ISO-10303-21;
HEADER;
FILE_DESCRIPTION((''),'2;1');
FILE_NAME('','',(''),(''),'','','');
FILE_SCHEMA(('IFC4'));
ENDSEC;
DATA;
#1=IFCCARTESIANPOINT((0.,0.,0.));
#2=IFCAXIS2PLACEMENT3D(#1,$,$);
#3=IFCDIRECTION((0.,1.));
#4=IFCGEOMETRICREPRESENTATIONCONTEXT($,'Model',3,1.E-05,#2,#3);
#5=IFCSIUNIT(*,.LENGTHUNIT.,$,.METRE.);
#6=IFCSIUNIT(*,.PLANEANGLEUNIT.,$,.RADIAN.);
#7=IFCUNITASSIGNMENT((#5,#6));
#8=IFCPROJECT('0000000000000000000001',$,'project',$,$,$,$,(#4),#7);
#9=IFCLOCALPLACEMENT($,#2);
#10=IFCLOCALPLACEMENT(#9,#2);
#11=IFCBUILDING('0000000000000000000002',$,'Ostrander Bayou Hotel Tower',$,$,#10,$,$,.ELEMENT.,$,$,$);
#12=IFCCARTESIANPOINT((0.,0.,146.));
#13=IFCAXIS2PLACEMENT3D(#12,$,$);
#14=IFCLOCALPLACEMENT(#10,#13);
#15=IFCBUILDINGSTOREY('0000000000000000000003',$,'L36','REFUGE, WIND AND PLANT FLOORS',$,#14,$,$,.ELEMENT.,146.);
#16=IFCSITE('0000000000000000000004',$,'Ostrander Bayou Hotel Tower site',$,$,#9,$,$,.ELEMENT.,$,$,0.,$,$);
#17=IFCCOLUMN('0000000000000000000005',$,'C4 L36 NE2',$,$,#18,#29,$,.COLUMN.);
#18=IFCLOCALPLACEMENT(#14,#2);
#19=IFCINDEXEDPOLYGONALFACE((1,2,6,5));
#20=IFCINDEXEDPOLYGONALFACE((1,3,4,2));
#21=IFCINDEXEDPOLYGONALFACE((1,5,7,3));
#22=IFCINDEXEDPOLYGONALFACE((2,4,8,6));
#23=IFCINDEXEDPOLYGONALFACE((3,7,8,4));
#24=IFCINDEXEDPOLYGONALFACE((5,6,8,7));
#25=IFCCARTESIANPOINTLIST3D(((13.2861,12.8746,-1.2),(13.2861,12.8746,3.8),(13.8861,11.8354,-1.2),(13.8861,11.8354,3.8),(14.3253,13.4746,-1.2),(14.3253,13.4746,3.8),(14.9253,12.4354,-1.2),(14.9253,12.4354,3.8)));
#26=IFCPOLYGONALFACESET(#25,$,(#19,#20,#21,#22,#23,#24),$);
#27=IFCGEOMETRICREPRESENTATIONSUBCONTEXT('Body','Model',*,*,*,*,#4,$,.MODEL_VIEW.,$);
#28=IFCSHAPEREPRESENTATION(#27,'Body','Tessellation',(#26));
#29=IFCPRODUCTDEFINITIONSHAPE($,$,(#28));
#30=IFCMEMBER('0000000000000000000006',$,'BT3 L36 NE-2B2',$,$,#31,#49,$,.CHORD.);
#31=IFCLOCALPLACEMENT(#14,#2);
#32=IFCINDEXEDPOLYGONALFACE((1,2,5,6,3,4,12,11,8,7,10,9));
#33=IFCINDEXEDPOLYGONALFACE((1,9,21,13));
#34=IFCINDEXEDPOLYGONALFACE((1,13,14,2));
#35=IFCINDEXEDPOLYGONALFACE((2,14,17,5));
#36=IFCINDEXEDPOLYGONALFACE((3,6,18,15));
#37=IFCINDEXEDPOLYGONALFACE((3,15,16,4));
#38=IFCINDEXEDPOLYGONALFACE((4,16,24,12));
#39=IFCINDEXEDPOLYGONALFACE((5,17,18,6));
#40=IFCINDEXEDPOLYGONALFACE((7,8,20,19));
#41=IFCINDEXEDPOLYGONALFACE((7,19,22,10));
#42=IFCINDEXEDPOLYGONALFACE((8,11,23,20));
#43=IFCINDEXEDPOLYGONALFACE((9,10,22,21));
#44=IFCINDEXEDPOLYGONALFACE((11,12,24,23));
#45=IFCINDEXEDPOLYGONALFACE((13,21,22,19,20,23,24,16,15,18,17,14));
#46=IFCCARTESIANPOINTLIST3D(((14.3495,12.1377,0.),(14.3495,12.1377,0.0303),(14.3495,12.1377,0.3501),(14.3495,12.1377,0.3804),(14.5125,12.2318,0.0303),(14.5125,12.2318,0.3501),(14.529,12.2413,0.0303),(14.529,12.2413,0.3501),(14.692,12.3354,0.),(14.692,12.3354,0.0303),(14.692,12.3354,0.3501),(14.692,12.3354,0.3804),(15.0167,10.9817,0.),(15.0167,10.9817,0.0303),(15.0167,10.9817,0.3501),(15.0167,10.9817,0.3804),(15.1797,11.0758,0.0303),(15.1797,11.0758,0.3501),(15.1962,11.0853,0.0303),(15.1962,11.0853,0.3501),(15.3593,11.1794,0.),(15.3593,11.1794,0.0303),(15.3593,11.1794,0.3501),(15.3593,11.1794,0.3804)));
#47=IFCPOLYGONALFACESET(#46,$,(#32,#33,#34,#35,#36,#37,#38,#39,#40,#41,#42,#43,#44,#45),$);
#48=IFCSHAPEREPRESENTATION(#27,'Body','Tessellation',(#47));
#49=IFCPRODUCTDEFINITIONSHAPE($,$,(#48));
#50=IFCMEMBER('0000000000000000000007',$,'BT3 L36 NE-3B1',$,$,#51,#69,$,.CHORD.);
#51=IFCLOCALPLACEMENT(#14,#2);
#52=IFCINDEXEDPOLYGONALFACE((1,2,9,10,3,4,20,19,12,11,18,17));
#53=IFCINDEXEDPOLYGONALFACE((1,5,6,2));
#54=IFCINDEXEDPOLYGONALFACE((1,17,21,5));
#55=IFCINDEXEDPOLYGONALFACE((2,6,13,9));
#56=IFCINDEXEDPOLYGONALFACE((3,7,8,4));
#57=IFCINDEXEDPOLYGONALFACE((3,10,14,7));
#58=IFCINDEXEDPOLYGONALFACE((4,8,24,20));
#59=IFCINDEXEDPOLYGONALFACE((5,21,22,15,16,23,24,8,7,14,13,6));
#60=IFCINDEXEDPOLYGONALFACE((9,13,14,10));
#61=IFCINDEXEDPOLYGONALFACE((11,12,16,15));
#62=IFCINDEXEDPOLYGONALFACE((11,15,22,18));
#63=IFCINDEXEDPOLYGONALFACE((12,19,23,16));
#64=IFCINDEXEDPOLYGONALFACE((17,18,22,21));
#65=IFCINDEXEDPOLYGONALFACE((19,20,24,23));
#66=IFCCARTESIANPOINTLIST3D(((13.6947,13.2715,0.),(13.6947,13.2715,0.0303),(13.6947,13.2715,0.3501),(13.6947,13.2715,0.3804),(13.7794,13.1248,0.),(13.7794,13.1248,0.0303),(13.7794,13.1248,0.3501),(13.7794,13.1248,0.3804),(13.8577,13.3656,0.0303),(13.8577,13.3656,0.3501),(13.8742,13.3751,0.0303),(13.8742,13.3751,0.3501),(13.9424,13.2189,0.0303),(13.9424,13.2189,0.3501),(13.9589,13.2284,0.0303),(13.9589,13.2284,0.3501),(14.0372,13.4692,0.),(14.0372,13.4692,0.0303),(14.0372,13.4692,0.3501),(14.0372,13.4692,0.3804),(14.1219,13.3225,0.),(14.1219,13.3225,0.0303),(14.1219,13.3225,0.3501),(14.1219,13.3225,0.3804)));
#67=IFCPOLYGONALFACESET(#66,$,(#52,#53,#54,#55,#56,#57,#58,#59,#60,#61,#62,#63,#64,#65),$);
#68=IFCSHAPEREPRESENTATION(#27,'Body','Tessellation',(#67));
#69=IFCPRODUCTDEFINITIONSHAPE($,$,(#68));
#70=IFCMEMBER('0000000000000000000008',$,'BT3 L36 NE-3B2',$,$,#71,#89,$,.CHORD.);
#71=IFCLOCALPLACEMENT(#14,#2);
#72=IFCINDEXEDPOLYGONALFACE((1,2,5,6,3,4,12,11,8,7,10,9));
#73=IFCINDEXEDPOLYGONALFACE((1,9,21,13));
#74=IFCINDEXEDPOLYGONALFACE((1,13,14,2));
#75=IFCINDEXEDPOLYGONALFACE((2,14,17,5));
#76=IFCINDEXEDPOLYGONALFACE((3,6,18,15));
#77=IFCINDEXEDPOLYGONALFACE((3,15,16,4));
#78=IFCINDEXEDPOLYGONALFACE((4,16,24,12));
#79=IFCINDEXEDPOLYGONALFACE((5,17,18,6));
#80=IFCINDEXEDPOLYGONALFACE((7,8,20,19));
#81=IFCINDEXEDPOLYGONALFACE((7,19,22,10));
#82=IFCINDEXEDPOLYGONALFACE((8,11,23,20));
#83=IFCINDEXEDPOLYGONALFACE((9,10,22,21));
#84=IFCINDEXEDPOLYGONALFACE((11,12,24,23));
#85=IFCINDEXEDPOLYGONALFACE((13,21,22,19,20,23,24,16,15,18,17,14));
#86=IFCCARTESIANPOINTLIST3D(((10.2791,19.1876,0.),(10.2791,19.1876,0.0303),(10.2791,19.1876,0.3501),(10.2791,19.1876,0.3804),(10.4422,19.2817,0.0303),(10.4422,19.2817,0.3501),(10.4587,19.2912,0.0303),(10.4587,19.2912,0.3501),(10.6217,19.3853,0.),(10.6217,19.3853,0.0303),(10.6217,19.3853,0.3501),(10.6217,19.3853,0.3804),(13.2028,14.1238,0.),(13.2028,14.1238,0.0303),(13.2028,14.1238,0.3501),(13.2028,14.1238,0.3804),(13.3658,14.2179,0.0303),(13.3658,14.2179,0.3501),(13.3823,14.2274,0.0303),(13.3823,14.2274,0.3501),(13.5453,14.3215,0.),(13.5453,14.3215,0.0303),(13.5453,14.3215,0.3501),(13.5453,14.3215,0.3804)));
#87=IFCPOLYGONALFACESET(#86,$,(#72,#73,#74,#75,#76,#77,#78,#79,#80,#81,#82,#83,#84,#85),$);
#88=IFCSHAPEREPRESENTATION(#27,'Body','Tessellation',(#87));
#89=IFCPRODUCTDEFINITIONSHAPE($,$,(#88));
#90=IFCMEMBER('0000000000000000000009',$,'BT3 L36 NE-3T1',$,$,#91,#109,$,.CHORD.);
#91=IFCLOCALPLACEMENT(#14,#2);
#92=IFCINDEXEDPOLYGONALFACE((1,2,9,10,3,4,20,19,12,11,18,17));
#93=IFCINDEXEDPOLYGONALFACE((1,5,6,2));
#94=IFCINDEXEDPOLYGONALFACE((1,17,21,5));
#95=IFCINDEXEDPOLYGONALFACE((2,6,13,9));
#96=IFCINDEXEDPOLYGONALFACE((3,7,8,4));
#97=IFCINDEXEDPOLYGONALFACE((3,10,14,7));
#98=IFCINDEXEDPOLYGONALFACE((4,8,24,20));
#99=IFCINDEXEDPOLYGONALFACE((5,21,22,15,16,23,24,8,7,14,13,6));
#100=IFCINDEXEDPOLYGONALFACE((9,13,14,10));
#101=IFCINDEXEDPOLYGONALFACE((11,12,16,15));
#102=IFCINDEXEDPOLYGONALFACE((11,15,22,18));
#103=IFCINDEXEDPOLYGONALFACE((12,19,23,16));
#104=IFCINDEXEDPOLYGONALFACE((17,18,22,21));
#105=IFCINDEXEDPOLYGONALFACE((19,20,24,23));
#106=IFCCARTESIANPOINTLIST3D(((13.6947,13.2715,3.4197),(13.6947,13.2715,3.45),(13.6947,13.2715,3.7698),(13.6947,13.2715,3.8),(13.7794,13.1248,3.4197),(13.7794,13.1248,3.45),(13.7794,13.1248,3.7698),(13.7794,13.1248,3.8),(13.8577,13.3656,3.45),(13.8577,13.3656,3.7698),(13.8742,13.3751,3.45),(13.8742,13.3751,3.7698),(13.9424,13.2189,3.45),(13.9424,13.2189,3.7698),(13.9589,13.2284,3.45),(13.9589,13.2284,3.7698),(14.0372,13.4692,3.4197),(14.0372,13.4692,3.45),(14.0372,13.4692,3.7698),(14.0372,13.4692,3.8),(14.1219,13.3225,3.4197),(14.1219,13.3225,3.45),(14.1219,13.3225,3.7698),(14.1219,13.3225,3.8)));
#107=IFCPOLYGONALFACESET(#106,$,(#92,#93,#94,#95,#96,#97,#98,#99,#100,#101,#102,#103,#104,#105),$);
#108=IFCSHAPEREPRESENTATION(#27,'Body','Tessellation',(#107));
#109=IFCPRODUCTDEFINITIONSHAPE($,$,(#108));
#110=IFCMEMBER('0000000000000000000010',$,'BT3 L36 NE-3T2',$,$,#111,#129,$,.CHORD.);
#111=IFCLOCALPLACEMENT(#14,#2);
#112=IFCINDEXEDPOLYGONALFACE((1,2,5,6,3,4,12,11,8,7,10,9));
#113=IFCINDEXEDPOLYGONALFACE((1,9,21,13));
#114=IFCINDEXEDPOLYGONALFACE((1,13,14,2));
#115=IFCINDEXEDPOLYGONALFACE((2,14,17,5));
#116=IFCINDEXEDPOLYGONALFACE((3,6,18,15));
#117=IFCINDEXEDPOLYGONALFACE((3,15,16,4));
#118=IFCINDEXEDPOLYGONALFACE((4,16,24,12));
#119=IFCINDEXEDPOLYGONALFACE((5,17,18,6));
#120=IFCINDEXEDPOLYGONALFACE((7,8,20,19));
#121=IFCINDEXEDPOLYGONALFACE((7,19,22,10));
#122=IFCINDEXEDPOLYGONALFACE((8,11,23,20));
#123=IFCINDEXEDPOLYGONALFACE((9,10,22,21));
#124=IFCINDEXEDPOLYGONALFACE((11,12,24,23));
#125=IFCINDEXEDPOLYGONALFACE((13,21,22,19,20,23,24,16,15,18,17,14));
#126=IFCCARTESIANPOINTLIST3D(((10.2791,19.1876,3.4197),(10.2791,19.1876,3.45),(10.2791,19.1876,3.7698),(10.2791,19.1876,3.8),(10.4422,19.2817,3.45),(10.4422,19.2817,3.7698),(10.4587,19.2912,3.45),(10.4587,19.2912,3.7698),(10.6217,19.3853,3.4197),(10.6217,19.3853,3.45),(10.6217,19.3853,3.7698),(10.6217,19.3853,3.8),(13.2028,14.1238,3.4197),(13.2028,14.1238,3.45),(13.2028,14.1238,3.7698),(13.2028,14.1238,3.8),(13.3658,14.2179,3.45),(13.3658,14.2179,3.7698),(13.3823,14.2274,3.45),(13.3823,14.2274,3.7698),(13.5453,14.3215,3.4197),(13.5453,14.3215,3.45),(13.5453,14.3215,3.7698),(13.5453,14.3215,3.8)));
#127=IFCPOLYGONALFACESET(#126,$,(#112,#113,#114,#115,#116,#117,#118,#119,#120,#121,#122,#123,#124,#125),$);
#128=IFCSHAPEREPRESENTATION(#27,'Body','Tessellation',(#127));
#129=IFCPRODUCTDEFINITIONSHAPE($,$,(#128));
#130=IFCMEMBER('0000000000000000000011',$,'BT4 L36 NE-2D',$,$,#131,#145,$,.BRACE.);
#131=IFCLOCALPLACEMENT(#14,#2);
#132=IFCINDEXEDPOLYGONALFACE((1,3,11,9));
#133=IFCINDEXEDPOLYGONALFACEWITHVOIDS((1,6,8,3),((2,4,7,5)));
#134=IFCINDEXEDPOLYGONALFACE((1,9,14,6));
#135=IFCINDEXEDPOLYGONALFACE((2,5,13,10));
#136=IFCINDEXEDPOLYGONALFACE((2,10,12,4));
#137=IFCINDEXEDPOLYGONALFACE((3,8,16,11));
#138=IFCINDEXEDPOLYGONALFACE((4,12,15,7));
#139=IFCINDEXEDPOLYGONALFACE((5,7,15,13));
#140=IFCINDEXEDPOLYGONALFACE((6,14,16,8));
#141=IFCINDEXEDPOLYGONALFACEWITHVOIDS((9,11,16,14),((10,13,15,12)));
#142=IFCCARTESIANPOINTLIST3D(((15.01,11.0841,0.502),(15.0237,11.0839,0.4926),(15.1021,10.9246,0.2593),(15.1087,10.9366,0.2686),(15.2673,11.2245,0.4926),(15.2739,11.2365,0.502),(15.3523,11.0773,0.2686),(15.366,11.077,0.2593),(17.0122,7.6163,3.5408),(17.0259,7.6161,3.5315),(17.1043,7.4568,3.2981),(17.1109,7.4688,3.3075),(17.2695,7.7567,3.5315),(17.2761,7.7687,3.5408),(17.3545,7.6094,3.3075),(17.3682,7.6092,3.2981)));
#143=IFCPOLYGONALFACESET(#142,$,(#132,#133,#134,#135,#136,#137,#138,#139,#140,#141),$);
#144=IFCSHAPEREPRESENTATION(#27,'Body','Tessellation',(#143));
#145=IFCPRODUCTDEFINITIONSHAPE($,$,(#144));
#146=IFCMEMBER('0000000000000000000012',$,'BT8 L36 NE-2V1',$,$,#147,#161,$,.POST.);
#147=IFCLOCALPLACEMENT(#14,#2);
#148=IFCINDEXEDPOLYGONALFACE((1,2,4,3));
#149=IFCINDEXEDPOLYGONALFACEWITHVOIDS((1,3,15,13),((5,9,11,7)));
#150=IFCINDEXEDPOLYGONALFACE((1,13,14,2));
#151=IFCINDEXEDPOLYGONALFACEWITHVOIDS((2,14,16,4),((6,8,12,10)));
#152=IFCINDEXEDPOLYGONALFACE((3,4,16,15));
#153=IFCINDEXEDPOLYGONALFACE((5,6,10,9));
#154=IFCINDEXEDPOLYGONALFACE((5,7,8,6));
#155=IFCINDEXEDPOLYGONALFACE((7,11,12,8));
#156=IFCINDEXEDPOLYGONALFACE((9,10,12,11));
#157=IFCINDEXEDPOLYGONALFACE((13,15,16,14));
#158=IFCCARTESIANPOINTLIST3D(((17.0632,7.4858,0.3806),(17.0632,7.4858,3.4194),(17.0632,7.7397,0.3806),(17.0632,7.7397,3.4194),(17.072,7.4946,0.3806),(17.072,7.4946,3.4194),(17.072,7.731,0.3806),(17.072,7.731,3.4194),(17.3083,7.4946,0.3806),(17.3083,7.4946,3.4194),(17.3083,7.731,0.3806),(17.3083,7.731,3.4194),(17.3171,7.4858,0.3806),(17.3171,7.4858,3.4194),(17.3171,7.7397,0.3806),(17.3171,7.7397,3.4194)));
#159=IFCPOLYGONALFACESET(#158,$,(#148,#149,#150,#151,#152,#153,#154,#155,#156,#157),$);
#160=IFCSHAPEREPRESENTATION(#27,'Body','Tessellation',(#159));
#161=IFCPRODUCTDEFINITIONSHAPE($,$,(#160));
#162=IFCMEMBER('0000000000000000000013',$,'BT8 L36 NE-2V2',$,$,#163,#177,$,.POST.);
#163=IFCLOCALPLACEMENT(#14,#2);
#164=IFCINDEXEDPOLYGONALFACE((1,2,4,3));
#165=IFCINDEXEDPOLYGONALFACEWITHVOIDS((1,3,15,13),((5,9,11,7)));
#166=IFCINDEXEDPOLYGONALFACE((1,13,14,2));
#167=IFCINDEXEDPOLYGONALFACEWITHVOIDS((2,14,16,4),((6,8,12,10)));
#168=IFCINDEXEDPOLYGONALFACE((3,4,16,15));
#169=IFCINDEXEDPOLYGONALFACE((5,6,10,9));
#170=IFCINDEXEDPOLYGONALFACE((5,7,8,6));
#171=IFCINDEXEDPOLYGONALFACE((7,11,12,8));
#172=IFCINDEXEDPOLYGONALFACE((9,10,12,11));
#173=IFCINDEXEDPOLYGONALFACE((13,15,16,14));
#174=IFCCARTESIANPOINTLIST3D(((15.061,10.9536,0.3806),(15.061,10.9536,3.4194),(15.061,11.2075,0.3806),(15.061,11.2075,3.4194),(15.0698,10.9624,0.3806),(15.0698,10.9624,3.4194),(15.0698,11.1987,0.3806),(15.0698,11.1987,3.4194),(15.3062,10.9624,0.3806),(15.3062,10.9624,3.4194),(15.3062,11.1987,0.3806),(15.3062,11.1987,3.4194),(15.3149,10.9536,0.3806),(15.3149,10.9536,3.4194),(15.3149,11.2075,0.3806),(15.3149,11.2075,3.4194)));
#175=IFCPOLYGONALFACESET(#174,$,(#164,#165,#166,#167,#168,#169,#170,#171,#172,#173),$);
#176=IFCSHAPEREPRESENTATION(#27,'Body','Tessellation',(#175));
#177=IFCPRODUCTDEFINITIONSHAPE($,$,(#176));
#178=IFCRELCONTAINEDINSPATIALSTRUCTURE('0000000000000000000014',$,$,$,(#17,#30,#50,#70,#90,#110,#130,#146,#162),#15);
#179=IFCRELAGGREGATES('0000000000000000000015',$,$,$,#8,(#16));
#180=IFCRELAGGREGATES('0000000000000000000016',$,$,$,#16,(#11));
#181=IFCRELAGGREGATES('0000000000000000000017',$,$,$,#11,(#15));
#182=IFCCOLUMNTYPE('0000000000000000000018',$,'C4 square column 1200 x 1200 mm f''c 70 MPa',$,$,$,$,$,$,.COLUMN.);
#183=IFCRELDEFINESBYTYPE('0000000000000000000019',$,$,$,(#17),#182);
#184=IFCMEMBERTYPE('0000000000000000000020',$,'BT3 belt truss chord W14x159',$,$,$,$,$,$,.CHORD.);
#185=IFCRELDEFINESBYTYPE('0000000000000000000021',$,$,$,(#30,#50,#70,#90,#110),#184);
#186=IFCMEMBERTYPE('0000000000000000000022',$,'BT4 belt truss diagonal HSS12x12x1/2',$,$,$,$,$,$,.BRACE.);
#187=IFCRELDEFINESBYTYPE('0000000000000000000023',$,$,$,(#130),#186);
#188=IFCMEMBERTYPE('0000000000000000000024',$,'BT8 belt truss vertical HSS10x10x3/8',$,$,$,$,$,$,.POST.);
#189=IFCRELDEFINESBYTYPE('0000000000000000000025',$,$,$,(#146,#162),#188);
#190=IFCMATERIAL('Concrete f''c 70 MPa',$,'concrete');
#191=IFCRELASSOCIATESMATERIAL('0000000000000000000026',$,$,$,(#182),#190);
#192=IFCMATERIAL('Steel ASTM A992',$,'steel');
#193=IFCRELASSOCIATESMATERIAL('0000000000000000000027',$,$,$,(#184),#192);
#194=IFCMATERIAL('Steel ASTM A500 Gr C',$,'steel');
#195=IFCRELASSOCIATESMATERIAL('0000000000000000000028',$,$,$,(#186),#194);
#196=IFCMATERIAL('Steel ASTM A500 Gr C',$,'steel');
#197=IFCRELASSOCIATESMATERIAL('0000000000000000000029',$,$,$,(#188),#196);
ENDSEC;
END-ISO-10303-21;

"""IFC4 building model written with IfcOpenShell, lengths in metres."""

from ifc_helpers import new_model, si_unit, direction, frame, origin, origin_2d, place, context, subcontext, project, spatial, rectangle, hollow_rectangle, i_section, extrude, material, material_profile, profile_set, type_object, element, save


model = new_model("IFC4")

# Units and contexts
model_context = context("Model", 3, precision=1e-05, world=origin(), true_north=direction((0.0, 1.0)))
body_context = subcontext(model_context, "Body", "Model", "MODEL_VIEW")
ifc_project = project(units=[si_unit("LENGTHUNIT", "METRE"), si_unit("PLANEANGLEUNIT", "RADIAN")], contexts=[model_context])

# Site, building, storey
site_placement = place(None, origin())
site = spatial("IfcSite", under=ifc_project, at=site_placement, Name="Ostrander Bayou Hotel Tower site", CompositionType="ELEMENT", RefElevation=0.0)
building_placement = place(site_placement, origin())
building = spatial("IfcBuilding", under=site, at=building_placement, Name="Ostrander Bayou Hotel Tower", CompositionType="ELEMENT")
storey_placement = place(building_placement, frame((0.0, 0.0, 146.0)))
storey = spatial("IfcBuildingStorey", under=building, at=storey_placement, Name="L36", Description="REFUGE, WIND AND PLANT FLOORS", CompositionType="ELEMENT", Elevation=146.0)

# Column
ifc_material_1 = material(Name="Concrete f'c 70 MPa", Category="concrete")
ifc_material_profile_1 = material_profile(ifc_material_1, rectangle(XDim=1.2, YDim=1.2, at=origin_2d()))
ifc_profile_set_1 = profile_set([ifc_material_profile_1], Name="Concrete f'c 70 MPa")
column_type = type_object("IfcColumnType", Name="C4 square column 1200 x 1200 mm f'c 70 MPa", PredefinedType="COLUMN", material=ifc_profile_set_1)
column_placement = place(storey_placement, frame((14.1057, 12.655, -1.2), z_axis=(0.0, 0.0, 1.0), x_axis=(0.5, -0.866025, 0.0)))
element("IfcColumn", 1, at=column_placement, inside=storey, type_object=column_type, Name="C4 L36 NE2", PredefinedType="COLUMN", context=body_context, shape_type="SweptSolid", body=[
    extrude(rectangle(XDim=1.2, YDim=1.2, at=origin_2d()), origin(), (0.0, 0.0, 1.0), 5.0),
])

# Members
ifc_material_2 = material(Name="Steel ASTM A992", Category="steel")
ifc_material_profile_2 = material_profile(ifc_material_2, i_section(OverallWidth=0.3955, OverallDepth=0.3804, WebThickness=0.019, FlangeThickness=0.0303, at=origin_2d()))
ifc_profile_set_2 = profile_set([ifc_material_profile_2], Name="Steel ASTM A992")
member_type_1 = type_object("IfcMemberType", Name="BT3 belt truss chord W14x159", PredefinedType="CHORD", material=ifc_profile_set_2)
member_1_placement = place(storey_placement, frame((15.188, 11.0806, 0.1902), z_axis=(-0.499897, 0.866085, 0.0), x_axis=(-0.866085, -0.499897, 0.0)))
element("IfcMember", 2, at=member_1_placement, inside=storey, type_object=member_type_1, Name="BT3 L36 NE-2B2", PredefinedType="CHORD", context=body_context, shape_type="SweptSolid", body=[
    extrude(i_section(OverallWidth=0.3955, OverallDepth=0.3804, WebThickness=0.019, FlangeThickness=0.0303, at=origin_2d()), origin(), (0.0, 0.0, 1.0), 1.3347),
])
member_2_placement = place(storey_placement, frame((13.9507, 13.2236, 0.1902), z_axis=(-0.500013, 0.866018, 0.0), x_axis=(-0.866018, -0.500013, 0.0)))
element("IfcMember", 3, at=member_2_placement, inside=storey, type_object=member_type_1, Name="BT3 L36 NE-3B1", PredefinedType="CHORD", context=body_context, shape_type="SweptSolid", body=[
    extrude(i_section(OverallWidth=0.3955, OverallDepth=0.3804, WebThickness=0.019, FlangeThickness=0.0303, at=origin_2d()), origin(), (0.0, 0.0, 1.0), 0.1694),
])
member_3_placement = place(storey_placement, frame((13.374, 14.2227, 0.1902), z_axis=(-0.500006, 0.866022, 0.0), x_axis=(-0.866022, -0.500006, 0.0)))
element("IfcMember", 4, at=member_3_placement, inside=storey, type_object=member_type_1, Name="BT3 L36 NE-3B2", PredefinedType="CHORD", context=body_context, shape_type="SweptSolid", body=[
    extrude(i_section(OverallWidth=0.3955, OverallDepth=0.3804, WebThickness=0.019, FlangeThickness=0.0303, at=origin_2d()), origin(), (0.0, 0.0, 1.0), 5.8472),
])
member_4_placement = place(storey_placement, frame((13.9507, 13.2236, 3.6099), z_axis=(-0.500013, 0.866018, 0.0), x_axis=(-0.866018, -0.500013, 0.0)))
element("IfcMember", 5, at=member_4_placement, inside=storey, type_object=member_type_1, Name="BT3 L36 NE-3T1", PredefinedType="CHORD", context=body_context, shape_type="SweptSolid", body=[
    extrude(i_section(OverallWidth=0.3955, OverallDepth=0.3804, WebThickness=0.019, FlangeThickness=0.0303, at=origin_2d()), origin(), (0.0, 0.0, 1.0), 0.1694),
])
member_5_placement = place(storey_placement, frame((13.374, 14.2227, 3.6099), z_axis=(-0.500006, 0.866022, 0.0), x_axis=(-0.866022, -0.500006, 0.0)))
element("IfcMember", 6, at=member_5_placement, inside=storey, type_object=member_type_1, Name="BT3 L36 NE-3T2", PredefinedType="CHORD", context=body_context, shape_type="SweptSolid", body=[
    extrude(i_section(OverallWidth=0.3955, OverallDepth=0.3804, WebThickness=0.019, FlangeThickness=0.0303, at=origin_2d()), origin(), (0.0, 0.0, 1.0), 5.8472),
])
ifc_material_3 = material(Name="Steel ASTM A500 Gr C", Category="steel")
ifc_material_profile_3 = material_profile(ifc_material_3, hollow_rectangle(XDim=0.3047, YDim=0.3047, WallThickness=0.0117, at=origin_2d()))
ifc_profile_set_3 = profile_set([ifc_material_profile_3], Name="Steel ASTM A500 Gr C")
member_type_2 = type_object("IfcMemberType", Name="BT4 belt truss diagonal HSS12x12x1/2", PredefinedType="BRACE", material=ifc_profile_set_3)
member_6_placement = place(storey_placement, frame((15.188, 11.0806, 0.3806), z_axis=(0.398305, -0.689858, 0.604524), x_axis=(0.866017, 0.500014, 0.0)))
element("IfcMember", 7, at=member_6_placement, inside=storey, type_object=member_type_2, Name="BT4 L36 NE-2D", PredefinedType="BRACE", context=body_context, shape_type="SweptSolid", body=[
    extrude(hollow_rectangle(XDim=0.3047, YDim=0.3047, WallThickness=0.0117, at=origin_2d()), origin(), (0.0, 0.0, 1.0), 5.0269),
])
ifc_material_4 = material(Name="Steel ASTM A500 Gr C", Category="steel")
ifc_material_profile_4 = material_profile(ifc_material_4, hollow_rectangle(XDim=0.2539, YDim=0.2539, WallThickness=0.0088, at=origin_2d()))
ifc_profile_set_4 = profile_set([ifc_material_profile_4], Name="Steel ASTM A500 Gr C")
member_type_3 = type_object("IfcMemberType", Name="BT8 belt truss vertical HSS10x10x3/8", PredefinedType="POST", material=ifc_profile_set_4)
for number, where, z_axis, x_axis, name in (
    (8, (17.1902, 7.6128, 0.3806), (0.0, 0.0, 1.0), (1.0, 0.0, 0.0), "BT8 L36 NE-2V1"),
    (9, (15.188, 11.0806, 0.3806), (0.0, 0.0, 1.0), (1.0, 0.0, 0.0), "BT8 L36 NE-2V2"),
):
    element("IfcMember", number, at=place(storey_placement, frame(where, z_axis=z_axis, x_axis=x_axis)), inside=storey, type_object=member_type_3, Name=name, PredefinedType="POST", context=body_context, shape_type="SweptSolid", body=[
        extrude(hollow_rectangle(XDim=0.2539, YDim=0.2539, WallThickness=0.0088, at=origin_2d()), origin(), (0.0, 0.0, 1.0), 3.0388),
    ])

save(model, "model.ifc")
